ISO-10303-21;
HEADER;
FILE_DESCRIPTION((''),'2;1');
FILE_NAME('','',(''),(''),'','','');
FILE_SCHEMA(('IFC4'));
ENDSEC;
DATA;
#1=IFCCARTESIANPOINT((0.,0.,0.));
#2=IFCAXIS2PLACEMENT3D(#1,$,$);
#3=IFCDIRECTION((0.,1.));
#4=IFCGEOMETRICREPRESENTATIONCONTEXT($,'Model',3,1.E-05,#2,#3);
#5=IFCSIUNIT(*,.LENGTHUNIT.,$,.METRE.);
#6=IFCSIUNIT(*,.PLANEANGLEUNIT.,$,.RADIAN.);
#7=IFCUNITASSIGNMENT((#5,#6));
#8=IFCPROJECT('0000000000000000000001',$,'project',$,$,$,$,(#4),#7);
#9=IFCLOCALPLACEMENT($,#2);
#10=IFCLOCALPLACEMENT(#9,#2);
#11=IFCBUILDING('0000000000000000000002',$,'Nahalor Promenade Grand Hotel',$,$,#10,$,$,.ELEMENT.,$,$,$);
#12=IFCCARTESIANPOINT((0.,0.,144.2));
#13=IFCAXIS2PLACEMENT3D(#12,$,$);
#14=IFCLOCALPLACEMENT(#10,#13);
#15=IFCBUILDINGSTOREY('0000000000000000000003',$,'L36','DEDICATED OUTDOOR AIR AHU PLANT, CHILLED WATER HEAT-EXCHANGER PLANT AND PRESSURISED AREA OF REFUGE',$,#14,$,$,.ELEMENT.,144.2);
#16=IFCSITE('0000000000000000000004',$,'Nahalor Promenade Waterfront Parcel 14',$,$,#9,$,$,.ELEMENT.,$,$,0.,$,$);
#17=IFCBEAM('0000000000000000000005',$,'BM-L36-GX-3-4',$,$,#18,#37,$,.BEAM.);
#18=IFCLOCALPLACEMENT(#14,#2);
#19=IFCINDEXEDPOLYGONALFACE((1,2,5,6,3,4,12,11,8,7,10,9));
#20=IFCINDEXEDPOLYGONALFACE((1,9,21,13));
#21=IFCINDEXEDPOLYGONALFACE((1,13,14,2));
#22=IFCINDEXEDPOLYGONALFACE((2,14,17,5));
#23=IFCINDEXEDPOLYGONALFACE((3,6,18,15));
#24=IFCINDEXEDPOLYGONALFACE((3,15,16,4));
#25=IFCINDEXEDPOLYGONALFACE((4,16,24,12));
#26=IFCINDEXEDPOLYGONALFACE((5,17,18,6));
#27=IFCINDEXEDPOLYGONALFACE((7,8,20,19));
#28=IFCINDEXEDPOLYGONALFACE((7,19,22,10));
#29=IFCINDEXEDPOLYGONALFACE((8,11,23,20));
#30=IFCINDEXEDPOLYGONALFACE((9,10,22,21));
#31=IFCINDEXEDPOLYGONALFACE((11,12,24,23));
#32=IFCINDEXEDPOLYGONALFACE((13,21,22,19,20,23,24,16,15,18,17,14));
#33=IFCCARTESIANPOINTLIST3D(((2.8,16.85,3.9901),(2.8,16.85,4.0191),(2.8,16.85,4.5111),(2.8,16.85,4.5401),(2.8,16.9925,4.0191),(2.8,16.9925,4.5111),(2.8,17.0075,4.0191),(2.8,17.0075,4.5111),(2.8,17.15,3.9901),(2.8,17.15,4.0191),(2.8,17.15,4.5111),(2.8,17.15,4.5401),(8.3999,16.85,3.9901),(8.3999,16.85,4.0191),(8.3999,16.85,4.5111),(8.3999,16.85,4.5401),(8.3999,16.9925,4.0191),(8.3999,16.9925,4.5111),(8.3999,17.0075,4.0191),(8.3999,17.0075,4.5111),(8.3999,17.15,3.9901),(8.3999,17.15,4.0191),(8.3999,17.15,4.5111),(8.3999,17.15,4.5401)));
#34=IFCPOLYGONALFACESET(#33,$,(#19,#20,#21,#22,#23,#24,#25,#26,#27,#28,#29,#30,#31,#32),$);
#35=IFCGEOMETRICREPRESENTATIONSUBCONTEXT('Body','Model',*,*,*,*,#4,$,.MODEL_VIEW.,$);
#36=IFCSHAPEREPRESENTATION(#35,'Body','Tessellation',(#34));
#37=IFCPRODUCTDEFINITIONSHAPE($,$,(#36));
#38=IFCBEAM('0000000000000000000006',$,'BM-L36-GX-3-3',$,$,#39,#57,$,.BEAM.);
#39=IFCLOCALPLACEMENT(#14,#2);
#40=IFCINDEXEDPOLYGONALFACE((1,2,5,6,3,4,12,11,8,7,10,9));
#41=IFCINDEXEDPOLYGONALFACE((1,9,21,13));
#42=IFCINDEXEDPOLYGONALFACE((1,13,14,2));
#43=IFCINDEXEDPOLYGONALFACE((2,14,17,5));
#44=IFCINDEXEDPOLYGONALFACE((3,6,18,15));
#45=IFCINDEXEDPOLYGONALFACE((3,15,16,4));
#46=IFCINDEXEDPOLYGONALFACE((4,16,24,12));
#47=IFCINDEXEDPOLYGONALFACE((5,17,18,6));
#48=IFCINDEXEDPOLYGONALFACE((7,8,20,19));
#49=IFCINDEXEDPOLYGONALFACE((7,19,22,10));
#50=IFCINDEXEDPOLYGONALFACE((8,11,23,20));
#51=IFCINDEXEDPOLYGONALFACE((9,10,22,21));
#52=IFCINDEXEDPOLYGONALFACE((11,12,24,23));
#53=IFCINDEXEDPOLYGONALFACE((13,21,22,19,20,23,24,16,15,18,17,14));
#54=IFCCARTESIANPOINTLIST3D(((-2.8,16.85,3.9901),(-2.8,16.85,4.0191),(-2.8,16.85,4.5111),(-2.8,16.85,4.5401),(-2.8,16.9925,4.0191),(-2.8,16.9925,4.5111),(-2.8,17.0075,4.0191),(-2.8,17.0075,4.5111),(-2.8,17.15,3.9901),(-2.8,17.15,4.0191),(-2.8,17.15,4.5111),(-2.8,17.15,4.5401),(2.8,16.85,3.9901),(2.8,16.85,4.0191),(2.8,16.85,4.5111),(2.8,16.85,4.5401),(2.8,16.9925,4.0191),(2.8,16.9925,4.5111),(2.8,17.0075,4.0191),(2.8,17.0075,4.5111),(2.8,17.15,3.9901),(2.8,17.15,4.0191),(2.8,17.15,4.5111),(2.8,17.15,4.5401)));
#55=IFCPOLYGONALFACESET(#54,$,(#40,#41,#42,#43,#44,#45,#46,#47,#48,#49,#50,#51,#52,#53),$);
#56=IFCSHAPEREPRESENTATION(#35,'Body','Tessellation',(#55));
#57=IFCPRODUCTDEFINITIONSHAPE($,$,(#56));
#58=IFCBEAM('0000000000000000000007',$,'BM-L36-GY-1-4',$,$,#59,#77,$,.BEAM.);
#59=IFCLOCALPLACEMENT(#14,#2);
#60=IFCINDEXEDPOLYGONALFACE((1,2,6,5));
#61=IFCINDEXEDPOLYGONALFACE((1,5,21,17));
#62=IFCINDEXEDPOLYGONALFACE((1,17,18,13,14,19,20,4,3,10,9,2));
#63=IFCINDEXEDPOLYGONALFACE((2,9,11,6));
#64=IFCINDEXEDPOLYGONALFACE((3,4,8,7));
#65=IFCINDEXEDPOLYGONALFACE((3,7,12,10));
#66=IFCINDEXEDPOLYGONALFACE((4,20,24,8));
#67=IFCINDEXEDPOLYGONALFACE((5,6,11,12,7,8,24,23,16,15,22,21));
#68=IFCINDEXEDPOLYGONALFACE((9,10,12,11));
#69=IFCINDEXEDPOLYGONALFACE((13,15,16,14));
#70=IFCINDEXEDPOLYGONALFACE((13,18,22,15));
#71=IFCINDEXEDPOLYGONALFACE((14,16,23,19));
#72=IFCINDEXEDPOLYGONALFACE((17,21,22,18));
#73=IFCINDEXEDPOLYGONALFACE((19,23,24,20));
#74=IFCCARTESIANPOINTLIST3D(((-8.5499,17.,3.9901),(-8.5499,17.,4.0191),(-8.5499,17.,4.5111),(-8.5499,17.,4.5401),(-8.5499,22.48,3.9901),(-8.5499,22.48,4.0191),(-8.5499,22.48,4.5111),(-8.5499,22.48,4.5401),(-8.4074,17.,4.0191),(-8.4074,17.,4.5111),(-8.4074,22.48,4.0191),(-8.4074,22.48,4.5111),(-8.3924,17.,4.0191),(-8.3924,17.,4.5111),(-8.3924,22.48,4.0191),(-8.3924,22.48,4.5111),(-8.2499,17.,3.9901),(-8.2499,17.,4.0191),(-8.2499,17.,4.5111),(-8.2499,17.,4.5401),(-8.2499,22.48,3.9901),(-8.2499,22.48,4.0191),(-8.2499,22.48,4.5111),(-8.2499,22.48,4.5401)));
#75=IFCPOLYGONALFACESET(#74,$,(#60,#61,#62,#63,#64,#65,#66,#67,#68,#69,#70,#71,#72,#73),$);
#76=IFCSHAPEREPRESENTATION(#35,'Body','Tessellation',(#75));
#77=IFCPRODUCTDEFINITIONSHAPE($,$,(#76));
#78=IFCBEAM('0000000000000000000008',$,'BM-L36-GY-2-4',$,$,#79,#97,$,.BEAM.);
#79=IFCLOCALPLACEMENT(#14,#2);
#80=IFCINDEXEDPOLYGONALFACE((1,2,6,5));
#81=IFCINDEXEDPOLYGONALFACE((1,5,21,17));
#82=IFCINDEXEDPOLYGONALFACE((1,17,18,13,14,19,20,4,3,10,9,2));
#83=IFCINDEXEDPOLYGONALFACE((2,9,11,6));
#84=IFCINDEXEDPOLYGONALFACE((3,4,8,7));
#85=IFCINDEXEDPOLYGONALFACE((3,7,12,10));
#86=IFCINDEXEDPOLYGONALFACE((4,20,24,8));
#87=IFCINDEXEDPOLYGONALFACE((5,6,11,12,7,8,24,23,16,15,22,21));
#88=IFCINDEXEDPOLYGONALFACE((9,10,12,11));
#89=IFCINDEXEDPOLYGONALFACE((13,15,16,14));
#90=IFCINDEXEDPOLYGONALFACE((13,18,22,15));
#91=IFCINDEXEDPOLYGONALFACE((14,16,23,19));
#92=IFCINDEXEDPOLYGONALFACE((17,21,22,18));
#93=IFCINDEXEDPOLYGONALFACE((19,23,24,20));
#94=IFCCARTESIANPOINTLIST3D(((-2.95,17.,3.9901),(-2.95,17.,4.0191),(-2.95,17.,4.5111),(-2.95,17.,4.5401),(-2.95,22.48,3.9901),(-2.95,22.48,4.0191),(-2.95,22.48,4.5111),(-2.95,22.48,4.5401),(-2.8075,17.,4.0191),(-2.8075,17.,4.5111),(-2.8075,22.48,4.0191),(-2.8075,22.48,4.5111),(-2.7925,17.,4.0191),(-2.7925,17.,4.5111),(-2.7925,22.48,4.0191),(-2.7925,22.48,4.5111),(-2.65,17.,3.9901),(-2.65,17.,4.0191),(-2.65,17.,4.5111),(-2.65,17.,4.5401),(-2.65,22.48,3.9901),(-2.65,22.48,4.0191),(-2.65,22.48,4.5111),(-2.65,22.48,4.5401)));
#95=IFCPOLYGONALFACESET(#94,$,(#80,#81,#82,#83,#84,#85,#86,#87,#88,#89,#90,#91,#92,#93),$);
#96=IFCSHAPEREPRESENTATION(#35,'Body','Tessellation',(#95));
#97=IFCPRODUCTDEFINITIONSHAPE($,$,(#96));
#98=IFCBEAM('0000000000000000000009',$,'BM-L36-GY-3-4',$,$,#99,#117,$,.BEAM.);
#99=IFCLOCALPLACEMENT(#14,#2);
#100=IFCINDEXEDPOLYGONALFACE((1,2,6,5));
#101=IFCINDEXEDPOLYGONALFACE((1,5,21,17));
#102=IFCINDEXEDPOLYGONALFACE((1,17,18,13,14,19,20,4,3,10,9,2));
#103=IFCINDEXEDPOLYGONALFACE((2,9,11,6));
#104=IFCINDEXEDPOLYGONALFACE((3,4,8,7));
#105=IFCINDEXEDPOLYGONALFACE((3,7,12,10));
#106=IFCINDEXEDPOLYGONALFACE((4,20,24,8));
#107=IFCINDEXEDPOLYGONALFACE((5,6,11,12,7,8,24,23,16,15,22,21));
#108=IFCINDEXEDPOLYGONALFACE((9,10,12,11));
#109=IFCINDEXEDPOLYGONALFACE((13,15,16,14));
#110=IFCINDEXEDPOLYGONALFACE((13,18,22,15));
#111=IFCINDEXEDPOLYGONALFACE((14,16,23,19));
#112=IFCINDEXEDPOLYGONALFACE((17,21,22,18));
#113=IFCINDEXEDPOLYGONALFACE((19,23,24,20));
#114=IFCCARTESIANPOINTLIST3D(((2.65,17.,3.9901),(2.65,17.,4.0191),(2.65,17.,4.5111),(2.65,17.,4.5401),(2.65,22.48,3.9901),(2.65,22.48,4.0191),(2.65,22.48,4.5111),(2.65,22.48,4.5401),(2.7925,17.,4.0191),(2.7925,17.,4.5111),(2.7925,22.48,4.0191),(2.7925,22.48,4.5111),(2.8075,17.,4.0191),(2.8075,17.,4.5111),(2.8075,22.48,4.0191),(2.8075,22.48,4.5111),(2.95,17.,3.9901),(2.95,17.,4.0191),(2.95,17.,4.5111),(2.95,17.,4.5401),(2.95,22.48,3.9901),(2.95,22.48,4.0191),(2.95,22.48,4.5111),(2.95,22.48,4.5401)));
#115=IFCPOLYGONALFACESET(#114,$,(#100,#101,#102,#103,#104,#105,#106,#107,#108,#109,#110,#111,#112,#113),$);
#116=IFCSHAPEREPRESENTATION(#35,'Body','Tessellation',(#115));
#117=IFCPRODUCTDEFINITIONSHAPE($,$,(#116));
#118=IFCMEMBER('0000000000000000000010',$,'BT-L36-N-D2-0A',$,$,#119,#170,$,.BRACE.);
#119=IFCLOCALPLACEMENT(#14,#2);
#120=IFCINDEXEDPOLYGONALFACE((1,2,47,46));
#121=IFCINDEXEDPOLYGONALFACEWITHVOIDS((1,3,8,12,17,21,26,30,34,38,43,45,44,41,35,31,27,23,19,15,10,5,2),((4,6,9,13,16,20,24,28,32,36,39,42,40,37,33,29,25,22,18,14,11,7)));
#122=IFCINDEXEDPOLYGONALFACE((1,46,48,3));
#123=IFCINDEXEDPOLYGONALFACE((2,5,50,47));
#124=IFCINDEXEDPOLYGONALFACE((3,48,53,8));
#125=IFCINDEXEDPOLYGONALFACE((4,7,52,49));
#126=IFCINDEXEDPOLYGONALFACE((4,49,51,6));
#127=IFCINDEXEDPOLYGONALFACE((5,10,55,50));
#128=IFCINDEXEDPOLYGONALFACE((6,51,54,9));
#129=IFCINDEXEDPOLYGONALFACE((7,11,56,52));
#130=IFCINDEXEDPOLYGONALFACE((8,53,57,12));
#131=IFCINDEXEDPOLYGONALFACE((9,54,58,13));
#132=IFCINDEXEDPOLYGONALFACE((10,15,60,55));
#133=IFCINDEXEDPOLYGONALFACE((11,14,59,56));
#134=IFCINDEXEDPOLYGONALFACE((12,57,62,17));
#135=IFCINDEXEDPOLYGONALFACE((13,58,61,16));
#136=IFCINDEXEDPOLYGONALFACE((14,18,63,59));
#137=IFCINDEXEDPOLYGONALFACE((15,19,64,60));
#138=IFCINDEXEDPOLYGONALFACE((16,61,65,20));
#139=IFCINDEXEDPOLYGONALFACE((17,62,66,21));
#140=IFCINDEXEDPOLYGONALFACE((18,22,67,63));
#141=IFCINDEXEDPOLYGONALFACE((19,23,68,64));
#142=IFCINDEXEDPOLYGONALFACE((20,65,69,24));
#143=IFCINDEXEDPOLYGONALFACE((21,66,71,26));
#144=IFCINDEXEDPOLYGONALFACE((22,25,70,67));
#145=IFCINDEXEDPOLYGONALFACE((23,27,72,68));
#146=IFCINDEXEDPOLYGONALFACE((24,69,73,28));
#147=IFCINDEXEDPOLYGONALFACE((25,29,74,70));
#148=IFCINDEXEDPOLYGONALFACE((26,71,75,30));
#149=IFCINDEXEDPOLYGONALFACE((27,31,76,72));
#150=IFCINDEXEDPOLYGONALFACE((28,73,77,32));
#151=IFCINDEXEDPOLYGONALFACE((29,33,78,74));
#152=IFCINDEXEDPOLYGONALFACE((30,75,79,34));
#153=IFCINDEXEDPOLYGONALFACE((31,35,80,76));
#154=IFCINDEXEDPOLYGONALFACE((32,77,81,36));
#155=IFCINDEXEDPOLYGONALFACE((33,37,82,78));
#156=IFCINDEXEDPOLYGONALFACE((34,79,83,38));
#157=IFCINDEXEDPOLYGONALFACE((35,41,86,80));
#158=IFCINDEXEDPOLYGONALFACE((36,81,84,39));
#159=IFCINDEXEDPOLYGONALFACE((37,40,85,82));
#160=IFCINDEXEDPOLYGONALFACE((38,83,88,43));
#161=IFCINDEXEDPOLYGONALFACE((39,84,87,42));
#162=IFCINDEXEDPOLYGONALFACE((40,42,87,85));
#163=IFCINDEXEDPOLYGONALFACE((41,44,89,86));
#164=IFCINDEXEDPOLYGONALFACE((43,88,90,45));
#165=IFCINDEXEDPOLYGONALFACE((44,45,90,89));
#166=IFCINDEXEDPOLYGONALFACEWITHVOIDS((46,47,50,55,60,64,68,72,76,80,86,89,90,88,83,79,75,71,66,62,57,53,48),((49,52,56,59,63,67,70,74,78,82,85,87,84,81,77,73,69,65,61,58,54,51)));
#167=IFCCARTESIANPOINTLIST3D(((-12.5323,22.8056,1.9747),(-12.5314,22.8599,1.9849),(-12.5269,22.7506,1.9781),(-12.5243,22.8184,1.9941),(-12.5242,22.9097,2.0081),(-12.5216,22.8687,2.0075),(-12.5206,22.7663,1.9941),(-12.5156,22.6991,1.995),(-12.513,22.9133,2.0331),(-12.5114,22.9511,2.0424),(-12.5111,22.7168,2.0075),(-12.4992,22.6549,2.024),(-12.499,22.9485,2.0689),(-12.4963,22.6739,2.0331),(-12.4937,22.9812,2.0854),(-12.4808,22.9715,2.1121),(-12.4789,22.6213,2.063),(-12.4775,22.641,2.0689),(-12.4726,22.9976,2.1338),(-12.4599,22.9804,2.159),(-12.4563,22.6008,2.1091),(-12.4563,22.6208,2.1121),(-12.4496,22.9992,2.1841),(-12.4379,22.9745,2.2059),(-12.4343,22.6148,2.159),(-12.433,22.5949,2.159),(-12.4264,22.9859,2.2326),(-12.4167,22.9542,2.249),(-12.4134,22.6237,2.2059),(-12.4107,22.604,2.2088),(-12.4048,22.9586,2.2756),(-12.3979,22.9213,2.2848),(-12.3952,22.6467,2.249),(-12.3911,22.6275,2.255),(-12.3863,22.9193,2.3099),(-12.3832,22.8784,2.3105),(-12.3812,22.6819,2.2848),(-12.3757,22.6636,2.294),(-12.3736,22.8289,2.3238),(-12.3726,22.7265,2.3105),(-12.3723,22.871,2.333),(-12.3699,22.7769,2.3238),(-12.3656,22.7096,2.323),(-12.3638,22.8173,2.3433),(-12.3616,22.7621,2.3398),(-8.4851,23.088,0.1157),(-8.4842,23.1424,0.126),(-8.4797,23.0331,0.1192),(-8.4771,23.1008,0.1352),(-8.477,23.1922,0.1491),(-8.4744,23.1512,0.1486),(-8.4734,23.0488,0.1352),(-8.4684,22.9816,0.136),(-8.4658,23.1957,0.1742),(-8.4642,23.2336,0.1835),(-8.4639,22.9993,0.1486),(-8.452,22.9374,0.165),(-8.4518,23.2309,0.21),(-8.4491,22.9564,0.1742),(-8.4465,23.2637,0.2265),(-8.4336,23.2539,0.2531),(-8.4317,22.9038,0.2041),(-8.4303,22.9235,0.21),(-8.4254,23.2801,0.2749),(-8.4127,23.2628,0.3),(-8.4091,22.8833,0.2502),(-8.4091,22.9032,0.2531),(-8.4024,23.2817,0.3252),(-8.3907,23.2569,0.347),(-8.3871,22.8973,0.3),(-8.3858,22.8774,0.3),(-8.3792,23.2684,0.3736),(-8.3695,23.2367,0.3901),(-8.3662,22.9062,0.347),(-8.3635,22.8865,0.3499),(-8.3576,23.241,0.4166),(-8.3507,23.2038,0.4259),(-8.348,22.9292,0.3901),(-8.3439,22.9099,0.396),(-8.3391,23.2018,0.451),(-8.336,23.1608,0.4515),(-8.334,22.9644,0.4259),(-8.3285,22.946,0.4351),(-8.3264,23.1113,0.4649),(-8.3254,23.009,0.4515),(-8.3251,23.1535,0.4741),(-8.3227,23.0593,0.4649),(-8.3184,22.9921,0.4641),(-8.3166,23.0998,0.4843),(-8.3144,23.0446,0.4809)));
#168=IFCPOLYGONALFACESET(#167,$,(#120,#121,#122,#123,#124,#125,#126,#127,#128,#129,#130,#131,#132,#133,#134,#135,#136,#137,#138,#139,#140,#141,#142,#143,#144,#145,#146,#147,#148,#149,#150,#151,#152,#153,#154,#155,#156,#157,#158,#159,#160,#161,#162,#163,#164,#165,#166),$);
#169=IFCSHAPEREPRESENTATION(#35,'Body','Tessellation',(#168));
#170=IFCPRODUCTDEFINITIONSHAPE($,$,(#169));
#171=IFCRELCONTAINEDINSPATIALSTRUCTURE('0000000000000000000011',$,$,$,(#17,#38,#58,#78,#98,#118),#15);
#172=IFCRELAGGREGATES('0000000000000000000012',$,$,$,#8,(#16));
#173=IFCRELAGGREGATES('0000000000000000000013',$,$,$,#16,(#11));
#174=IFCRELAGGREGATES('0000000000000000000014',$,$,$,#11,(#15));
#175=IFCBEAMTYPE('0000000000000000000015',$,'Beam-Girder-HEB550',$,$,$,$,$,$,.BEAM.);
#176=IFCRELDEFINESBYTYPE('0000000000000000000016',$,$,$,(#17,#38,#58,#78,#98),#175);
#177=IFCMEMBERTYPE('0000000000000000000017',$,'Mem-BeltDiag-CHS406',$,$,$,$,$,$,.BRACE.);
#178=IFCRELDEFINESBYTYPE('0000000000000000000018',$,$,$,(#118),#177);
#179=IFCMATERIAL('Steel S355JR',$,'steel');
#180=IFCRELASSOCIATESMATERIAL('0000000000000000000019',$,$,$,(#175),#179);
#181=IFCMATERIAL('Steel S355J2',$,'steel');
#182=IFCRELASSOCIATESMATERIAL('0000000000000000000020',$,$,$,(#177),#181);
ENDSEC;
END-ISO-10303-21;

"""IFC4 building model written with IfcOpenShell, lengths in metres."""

from ifc_helpers import new_model, si_unit, direction, frame, origin, origin_2d, place, context, subcontext, project, spatial, hollow_circle, i_section, extrude, source, transform, mapped, material, material_profile, profile_set, type_object, element, save


model = new_model("IFC4")

# Units and contexts
model_context = context("Model", 3, precision=1e-05, world=origin(), true_north=direction((0.0, 1.0)))
body_context = subcontext(model_context, "Body", "Model", "MODEL_VIEW")
ifc_project = project(units=[si_unit("LENGTHUNIT", "METRE"), si_unit("PLANEANGLEUNIT", "RADIAN")], contexts=[model_context])

# Site, building, storey
site_placement = place(None, origin())
site = spatial("IfcSite", under=ifc_project, at=site_placement, Name="Nahalor Promenade Waterfront Parcel 14", CompositionType="ELEMENT", RefElevation=0.0)
building_placement = place(site_placement, origin())
building = spatial("IfcBuilding", under=site, at=building_placement, Name="Nahalor Promenade Grand Hotel", CompositionType="ELEMENT")
storey_placement = place(building_placement, frame((0.0, 0.0, 144.2)))
storey = spatial("IfcBuildingStorey", under=building, at=storey_placement, Name="L36", Description="DEDICATED OUTDOOR AIR AHU PLANT, CHILLED WATER HEAT-EXCHANGER PLANT AND PRESSURISED AREA OF REFUGE", CompositionType="ELEMENT", Elevation=144.2)

# Shared definitions
ifc_material_1 = material(Name="Steel S355J2", Category="steel")

# Beams
ifc_material_2 = material(Name="Steel S355JR", Category="steel")
ifc_material_profile_1 = material_profile(ifc_material_2, i_section(OverallWidth=0.3, OverallDepth=0.55, WebThickness=0.015, FlangeThickness=0.029, at=origin_2d()), Name="HEB 550")
ifc_profile_set_1 = profile_set([ifc_material_profile_1], Name="Steel S355JR")
beam_type_1 = type_object("IfcBeamType", Name="Beam-Girder-HEB550", PredefinedType="BEAM", material=ifc_profile_set_1)
shared_shape_1 = source(origin(), body_context, "Body", "SweptSolid", [
    extrude(i_section(OverallWidth=0.3, OverallDepth=0.55, WebThickness=0.015, FlangeThickness=0.029, at=origin_2d()), origin(), (0.0, 0.0, 1.0), 5.5999),
])
for number, where, z_axis, x_axis, name in (
    (1, (2.8, 17.0, 4.2651), (1.0, 0.0, 0.0), (0.0, 1.0, 0.0), "BM-L36-GX-3-4"),
):
    element("IfcBeam", number, at=place(storey_placement, frame(where, z_axis=z_axis, x_axis=x_axis)), inside=storey, type_object=beam_type_1, Name=name, PredefinedType="BEAM", context=body_context, shape_type="MappedRepresentation", body=[
        mapped(shared_shape_1, transform((0.0, 0.0, 0.0), scale=1.0)),
    ])
shared_shape_2 = source(origin(), body_context, "Body", "SweptSolid", [
    extrude(i_section(OverallWidth=0.3, OverallDepth=0.55, WebThickness=0.015, FlangeThickness=0.029, at=origin_2d()), origin(), (0.0, 0.0, 1.0), 5.6001),
])
beam_1_placement = place(storey_placement, frame((-2.8, 17.0, 4.2651), z_axis=(1.0, 0.0, 0.0), x_axis=(0.0, 1.0, 0.0)))
element("IfcBeam", 2, at=beam_1_placement, inside=storey, type_object=beam_type_1, Name="BM-L36-GX-3-3", PredefinedType="BEAM", context=body_context, shape_type="MappedRepresentation", body=[
    mapped(shared_shape_2, transform((0.0, 0.0, 0.0), scale=1.0)),
])
shared_shape_3 = source(origin(), body_context, "Body", "SweptSolid", [
    extrude(i_section(OverallWidth=0.3, OverallDepth=0.55, WebThickness=0.015, FlangeThickness=0.029, at=origin_2d()), origin(), (0.0, 0.0, 1.0), 5.48),
])
for number, where, z_axis, x_axis, name in (
    (3, (-8.3999, 17.0, 4.2651), (0.0, 1.0, 0.0), (-1.0, 0.0, 0.0), "BM-L36-GY-1-4"),
    (4, (-2.8, 17.0, 4.2651), (0.0, 1.0, 0.0), (-1.0, 0.0, 0.0), "BM-L36-GY-2-4"),
    (5, (2.8, 17.0, 4.2651), (0.0, 1.0, 0.0), (-1.0, 0.0, 0.0), "BM-L36-GY-3-4"),
):
    element("IfcBeam", number, at=place(storey_placement, frame(where, z_axis=z_axis, x_axis=x_axis)), inside=storey, type_object=beam_type_1, Name=name, PredefinedType="BEAM", context=body_context, shape_type="MappedRepresentation", body=[
        mapped(shared_shape_3, transform((0.0, 0.0, 0.0), scale=1.0)),
    ])

# Member
ifc_material_profile_2 = material_profile(ifc_material_1, hollow_circle(Radius=0.2032, WallThickness=0.02, at=origin_2d()), Name="CHS 406.4x20")
ifc_profile_set_2 = profile_set([ifc_material_profile_2], Name="Steel S355J2")
member_type = type_object("IfcMemberType", Name="Mem-BeltDiag-CHS406", PredefinedType="BRACE", material=ifc_profile_set_2)
shared_shape_4 = source(origin(), body_context, "Body", "SweptSolid", [
    extrude(hollow_circle(Radius=0.2032, WallThickness=0.02, at=origin_2d()), origin(), (0.0, 0.0, 1.0), 4.4626),
])
member_1_placement = place(storey_placement, frame((-8.3999, 23.0801, 0.3), z_axis=(-0.906906, -0.063298, 0.416552), x_axis=(0.069626, -0.997573, 0.0)))
element("IfcMember", 6, at=member_1_placement, inside=storey, type_object=member_type, Name="BT-L36-N-D2-0A", PredefinedType="BRACE", context=body_context, shape_type="MappedRepresentation", body=[
    mapped(shared_shape_4, transform((0.0, 0.0, 0.0), scale=1.0)),
])

save(model, "model.ifc")
